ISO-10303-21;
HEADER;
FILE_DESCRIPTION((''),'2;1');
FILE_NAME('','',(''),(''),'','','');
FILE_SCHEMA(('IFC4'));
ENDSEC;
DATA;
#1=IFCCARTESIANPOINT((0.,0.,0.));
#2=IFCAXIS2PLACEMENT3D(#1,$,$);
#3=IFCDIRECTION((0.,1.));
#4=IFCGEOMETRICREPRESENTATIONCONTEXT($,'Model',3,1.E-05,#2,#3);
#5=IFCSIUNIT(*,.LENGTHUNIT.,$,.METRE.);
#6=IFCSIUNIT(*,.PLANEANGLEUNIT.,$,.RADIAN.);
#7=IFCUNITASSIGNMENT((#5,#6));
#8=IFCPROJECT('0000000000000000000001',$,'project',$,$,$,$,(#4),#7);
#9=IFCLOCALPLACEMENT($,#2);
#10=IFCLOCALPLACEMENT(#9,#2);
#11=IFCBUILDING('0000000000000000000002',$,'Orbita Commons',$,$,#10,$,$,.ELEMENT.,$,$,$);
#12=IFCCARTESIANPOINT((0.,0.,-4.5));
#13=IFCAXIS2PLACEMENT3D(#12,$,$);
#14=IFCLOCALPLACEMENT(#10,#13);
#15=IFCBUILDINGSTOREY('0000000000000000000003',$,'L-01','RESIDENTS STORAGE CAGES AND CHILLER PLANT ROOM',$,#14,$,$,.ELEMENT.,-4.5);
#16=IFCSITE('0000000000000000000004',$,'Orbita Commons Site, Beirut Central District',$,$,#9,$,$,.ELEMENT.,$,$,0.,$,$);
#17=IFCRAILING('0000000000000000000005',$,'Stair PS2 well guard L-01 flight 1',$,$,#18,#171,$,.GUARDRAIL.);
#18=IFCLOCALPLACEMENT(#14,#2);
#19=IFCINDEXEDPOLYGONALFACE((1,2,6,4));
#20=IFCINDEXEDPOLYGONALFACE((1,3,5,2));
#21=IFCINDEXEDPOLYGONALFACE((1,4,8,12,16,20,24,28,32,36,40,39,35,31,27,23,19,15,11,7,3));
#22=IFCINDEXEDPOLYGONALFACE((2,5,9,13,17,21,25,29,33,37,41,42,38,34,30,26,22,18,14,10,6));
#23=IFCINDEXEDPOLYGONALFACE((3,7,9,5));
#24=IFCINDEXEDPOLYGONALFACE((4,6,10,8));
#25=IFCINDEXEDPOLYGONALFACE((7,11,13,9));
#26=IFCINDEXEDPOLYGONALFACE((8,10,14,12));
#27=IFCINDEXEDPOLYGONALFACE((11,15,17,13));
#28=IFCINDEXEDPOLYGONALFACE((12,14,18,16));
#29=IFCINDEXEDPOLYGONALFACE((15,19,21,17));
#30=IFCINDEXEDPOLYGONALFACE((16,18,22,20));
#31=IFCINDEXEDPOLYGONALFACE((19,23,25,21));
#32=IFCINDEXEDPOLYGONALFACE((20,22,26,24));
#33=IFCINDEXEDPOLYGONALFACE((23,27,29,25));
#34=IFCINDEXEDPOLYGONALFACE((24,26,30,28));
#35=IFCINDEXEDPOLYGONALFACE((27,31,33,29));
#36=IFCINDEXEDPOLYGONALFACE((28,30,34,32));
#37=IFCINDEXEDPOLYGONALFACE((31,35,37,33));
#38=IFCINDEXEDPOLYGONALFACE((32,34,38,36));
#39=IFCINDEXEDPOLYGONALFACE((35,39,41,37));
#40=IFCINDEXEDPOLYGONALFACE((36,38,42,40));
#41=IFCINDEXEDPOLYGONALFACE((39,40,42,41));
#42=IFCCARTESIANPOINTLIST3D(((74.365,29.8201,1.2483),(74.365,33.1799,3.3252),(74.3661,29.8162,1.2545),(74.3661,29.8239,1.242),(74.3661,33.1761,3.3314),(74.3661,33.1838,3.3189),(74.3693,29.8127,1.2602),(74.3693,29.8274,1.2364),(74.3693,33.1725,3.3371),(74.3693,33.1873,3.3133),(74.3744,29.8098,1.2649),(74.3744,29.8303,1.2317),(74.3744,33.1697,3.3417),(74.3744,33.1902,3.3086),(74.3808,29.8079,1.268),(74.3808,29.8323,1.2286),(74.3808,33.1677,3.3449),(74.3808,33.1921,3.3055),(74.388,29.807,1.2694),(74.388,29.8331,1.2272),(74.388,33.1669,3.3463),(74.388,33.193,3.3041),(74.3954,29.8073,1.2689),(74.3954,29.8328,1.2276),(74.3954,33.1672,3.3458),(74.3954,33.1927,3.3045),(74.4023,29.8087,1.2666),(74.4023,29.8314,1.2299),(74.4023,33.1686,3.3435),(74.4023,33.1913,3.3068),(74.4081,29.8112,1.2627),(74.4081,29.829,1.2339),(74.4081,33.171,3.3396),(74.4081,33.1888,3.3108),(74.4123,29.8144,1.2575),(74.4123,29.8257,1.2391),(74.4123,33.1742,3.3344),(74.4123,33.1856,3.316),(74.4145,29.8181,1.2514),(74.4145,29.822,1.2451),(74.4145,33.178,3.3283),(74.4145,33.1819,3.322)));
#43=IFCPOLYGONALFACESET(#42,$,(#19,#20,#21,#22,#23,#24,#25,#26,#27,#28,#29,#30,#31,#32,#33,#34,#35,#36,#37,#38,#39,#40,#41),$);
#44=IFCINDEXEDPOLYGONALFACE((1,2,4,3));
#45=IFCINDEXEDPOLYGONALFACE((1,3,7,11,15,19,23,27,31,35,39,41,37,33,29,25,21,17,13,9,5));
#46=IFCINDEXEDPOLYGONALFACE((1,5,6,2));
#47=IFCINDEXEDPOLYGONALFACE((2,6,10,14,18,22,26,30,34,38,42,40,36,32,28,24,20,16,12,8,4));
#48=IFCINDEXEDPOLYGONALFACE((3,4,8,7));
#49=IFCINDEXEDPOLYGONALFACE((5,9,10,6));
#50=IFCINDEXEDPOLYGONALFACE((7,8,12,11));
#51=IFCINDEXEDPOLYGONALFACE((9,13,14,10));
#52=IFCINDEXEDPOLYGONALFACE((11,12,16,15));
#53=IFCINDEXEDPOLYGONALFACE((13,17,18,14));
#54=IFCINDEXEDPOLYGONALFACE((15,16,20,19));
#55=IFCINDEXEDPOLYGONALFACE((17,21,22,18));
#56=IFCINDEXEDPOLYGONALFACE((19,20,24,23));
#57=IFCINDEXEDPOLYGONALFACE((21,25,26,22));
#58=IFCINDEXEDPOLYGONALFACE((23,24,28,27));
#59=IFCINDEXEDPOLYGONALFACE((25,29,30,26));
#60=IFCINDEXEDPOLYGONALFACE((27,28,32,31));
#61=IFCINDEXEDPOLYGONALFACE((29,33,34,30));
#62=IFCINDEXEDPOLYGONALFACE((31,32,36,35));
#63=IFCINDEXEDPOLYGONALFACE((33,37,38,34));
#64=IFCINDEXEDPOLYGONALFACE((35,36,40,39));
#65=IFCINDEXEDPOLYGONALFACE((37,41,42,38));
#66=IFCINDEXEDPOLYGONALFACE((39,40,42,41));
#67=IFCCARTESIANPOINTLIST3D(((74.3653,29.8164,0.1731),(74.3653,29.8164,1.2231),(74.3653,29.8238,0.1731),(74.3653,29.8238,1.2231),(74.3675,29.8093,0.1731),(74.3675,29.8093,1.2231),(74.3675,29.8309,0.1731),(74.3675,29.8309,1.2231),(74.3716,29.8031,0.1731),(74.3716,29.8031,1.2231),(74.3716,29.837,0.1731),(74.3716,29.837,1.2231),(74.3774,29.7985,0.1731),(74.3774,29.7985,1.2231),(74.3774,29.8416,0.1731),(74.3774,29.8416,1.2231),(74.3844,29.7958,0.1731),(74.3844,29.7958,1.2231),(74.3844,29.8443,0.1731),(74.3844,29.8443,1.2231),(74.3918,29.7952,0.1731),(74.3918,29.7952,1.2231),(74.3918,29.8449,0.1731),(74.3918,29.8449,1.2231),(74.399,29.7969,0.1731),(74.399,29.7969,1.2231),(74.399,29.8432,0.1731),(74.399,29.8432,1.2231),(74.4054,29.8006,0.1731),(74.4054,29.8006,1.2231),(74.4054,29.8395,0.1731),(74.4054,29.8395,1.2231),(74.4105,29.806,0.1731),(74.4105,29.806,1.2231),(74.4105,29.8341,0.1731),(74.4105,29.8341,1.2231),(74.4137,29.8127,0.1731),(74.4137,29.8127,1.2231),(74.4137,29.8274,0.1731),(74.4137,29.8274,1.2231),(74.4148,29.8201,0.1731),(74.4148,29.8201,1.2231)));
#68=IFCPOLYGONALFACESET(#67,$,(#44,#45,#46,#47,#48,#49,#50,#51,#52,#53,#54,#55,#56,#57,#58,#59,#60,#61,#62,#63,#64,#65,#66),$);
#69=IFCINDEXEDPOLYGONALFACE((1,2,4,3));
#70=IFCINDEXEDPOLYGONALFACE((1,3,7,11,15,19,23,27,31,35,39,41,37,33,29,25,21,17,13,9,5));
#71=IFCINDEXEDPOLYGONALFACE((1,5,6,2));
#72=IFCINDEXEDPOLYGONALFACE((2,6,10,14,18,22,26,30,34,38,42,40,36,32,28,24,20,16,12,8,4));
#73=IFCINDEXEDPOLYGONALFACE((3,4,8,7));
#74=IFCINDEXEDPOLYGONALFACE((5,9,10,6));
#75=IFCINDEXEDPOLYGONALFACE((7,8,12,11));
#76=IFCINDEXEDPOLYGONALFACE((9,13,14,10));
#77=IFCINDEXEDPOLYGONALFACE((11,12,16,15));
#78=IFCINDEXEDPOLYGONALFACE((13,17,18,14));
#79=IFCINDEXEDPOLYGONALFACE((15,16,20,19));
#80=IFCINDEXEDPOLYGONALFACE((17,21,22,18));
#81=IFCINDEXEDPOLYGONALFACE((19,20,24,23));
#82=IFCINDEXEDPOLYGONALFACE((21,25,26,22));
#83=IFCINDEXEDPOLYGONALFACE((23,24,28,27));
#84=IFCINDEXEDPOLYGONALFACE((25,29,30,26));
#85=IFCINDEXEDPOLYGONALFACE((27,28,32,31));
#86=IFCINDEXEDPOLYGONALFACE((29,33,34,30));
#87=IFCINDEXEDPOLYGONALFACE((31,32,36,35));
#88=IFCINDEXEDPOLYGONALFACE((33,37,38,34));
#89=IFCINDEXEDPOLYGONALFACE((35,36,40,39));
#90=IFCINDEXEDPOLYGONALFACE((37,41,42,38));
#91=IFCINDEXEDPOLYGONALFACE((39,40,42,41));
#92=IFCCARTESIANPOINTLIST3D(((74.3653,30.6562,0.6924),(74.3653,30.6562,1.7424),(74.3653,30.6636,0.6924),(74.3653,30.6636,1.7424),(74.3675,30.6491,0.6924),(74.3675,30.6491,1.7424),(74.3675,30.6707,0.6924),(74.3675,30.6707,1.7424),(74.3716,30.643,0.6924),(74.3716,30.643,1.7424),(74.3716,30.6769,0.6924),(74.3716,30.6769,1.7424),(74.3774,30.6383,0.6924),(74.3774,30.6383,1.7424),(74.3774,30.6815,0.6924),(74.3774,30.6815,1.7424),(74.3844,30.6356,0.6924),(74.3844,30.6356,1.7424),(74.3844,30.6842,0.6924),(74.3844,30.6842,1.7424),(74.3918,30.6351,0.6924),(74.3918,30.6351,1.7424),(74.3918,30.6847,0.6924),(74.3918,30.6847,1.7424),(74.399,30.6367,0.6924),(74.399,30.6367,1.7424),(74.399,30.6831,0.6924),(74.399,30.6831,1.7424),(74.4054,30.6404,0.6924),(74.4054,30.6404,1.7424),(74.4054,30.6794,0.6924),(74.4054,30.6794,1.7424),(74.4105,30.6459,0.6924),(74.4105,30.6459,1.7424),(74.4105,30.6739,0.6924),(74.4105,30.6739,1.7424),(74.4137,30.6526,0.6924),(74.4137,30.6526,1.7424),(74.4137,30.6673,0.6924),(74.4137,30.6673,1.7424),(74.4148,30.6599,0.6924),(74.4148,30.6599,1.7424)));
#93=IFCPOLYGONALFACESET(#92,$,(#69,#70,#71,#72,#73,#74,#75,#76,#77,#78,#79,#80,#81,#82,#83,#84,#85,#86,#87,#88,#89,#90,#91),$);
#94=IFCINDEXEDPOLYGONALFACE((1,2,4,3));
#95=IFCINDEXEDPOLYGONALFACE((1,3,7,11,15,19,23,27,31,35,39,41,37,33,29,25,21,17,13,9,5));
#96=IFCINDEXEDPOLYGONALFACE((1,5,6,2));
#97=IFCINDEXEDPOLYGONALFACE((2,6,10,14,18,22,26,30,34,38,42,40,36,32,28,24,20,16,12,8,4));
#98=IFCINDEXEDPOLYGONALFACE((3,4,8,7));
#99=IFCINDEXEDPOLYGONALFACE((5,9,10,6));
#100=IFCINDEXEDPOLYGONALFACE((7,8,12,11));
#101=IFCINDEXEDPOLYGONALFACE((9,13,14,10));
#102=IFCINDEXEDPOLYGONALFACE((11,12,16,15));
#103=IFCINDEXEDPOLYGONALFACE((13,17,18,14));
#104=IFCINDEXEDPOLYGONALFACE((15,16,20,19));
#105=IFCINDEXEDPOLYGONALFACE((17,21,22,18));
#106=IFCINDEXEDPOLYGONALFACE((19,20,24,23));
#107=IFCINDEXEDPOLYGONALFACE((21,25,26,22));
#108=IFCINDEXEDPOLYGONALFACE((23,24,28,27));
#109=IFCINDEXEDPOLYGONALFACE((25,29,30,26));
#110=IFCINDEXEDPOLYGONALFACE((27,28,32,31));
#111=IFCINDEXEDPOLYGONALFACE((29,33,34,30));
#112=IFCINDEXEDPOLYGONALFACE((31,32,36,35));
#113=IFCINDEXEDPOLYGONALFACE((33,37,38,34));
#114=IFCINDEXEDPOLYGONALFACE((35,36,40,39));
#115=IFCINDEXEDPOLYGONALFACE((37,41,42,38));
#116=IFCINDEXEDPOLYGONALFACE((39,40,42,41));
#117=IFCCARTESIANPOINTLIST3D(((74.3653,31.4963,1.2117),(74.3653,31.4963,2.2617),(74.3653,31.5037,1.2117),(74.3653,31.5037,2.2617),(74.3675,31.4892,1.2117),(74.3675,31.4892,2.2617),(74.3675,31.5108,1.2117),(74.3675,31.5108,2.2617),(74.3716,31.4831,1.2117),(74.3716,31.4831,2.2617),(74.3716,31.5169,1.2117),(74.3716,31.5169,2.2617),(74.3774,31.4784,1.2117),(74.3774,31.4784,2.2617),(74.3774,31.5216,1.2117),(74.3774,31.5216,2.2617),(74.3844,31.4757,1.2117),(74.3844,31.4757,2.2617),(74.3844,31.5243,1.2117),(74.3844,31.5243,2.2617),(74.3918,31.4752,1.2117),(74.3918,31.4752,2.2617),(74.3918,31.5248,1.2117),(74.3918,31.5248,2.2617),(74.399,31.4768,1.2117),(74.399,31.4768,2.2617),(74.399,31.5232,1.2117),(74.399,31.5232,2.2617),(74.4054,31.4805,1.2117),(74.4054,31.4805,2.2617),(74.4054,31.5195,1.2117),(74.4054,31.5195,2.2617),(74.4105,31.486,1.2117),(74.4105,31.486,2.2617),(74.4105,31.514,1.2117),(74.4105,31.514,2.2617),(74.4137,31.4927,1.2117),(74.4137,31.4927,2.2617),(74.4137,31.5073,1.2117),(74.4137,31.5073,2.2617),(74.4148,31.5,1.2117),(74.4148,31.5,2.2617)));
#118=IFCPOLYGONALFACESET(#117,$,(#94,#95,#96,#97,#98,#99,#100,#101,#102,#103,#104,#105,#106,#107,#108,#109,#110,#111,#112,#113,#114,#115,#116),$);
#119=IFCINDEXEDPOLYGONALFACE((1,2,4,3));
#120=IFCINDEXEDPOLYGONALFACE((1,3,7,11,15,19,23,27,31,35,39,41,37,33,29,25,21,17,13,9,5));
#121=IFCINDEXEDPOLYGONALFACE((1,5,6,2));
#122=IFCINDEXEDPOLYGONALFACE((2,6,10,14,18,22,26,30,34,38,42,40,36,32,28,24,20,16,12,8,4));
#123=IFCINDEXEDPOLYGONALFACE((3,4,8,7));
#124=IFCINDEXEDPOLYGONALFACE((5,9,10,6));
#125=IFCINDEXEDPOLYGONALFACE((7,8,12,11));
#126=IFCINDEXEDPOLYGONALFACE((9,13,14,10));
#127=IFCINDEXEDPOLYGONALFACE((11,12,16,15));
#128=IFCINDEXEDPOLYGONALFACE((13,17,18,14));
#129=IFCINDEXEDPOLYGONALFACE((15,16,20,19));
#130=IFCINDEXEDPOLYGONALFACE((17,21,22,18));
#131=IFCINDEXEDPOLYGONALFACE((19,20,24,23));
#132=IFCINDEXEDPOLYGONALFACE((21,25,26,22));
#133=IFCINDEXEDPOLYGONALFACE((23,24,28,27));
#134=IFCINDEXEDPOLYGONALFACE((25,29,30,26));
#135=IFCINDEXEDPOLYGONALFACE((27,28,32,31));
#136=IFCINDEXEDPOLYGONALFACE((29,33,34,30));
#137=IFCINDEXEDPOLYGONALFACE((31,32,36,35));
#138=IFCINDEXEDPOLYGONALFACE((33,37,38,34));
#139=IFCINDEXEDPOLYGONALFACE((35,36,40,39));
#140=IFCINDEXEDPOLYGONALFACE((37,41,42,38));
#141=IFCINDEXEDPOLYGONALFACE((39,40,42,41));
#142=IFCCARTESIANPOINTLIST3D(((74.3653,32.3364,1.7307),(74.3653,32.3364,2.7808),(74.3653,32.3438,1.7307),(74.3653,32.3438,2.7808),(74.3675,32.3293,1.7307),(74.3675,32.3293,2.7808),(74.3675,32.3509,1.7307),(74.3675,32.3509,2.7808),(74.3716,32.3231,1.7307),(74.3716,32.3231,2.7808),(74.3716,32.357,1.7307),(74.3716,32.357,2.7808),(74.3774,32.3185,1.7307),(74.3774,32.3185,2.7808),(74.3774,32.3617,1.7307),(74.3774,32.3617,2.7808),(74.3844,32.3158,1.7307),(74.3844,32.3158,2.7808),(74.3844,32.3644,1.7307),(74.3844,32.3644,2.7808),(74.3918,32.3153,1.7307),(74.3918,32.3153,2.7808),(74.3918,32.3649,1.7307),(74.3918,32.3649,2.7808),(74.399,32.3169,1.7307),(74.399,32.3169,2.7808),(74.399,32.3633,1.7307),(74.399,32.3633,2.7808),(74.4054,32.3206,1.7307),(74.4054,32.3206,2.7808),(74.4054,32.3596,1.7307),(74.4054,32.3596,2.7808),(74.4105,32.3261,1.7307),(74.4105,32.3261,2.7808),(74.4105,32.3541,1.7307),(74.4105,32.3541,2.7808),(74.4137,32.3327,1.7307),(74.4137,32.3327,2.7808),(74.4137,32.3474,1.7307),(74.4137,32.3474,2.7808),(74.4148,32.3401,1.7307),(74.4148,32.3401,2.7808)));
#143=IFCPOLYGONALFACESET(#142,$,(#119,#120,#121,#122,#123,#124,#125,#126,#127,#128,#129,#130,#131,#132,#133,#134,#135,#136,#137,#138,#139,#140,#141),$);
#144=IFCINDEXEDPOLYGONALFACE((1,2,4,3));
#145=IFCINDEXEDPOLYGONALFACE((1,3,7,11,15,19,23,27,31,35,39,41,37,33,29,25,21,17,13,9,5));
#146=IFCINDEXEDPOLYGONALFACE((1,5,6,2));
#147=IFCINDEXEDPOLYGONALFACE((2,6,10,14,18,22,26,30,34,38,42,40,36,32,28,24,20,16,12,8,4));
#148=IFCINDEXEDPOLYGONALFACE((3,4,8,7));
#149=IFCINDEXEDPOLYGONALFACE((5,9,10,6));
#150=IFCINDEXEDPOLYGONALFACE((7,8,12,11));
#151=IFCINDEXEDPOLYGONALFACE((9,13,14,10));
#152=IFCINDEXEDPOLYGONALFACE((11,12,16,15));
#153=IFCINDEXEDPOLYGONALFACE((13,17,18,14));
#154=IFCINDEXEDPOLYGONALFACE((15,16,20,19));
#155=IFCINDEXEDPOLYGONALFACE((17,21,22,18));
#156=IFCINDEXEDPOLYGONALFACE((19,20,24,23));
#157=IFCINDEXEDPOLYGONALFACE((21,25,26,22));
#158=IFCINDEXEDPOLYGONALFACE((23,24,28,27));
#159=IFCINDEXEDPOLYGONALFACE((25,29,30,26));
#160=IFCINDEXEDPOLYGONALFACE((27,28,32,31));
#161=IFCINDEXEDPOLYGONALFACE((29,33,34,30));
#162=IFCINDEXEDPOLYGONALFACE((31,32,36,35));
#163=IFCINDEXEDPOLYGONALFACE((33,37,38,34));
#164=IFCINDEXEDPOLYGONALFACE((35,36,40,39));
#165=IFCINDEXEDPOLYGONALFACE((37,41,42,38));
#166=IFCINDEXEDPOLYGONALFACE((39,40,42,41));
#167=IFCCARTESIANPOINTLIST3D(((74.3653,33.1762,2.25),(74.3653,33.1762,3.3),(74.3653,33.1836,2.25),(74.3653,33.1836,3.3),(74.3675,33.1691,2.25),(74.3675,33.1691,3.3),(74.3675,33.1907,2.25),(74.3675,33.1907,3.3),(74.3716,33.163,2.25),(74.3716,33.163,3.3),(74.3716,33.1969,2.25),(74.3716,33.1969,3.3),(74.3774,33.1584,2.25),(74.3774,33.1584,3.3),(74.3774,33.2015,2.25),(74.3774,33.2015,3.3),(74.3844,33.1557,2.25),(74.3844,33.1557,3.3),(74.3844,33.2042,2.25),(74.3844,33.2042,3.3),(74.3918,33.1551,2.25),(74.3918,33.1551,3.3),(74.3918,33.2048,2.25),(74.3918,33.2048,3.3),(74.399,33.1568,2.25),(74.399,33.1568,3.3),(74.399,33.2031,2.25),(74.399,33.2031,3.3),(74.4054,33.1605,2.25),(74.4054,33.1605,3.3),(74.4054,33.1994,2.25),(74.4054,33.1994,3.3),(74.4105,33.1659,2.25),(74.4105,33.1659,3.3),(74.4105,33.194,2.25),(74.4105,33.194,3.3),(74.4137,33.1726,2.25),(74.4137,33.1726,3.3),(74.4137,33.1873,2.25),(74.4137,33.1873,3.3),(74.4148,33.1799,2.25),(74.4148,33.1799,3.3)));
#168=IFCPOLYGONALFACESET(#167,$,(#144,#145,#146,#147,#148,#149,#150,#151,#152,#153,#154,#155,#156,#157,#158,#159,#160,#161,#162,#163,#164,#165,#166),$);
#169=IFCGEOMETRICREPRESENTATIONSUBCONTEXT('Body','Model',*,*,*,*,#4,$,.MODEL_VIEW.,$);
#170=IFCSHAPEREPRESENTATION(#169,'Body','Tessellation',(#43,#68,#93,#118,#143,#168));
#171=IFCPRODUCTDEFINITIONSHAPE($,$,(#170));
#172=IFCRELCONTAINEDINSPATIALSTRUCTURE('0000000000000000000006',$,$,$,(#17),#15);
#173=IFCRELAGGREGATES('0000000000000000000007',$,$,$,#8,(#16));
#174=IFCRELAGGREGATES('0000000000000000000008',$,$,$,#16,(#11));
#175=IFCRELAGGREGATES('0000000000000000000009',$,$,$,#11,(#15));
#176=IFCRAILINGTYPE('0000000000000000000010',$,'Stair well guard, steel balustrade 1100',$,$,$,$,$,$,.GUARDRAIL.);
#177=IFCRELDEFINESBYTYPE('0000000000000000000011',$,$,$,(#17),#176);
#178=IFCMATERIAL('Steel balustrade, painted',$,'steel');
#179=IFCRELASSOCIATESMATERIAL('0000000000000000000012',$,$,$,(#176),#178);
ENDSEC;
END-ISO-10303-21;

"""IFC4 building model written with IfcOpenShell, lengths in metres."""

from ifc_helpers import new_model, si_unit, direction, frame, origin, origin_2d, place, context, subcontext, project, spatial, circle, extrude, material, type_object, element, save


model = new_model("IFC4")

# Units and contexts
model_context = context("Model", 3, precision=1e-05, world=origin(), true_north=direction((0.0, 1.0)))
body_context = subcontext(model_context, "Body", "Model", "MODEL_VIEW")
ifc_project = project(units=[si_unit("LENGTHUNIT", "METRE"), si_unit("PLANEANGLEUNIT", "RADIAN")], contexts=[model_context])

# Site, building, storey
site_placement = place(None, origin())
site = spatial("IfcSite", under=ifc_project, at=site_placement, Name="Orbita Commons Site, Beirut Central District", CompositionType="ELEMENT", RefElevation=0.0)
building_placement = place(site_placement, origin())
building = spatial("IfcBuilding", under=site, at=building_placement, Name="Orbita Commons", CompositionType="ELEMENT")
storey_placement = place(building_placement, frame((0.0, 0.0, -4.5)))
storey = spatial("IfcBuildingStorey", under=building, at=storey_placement, Name="L-01", Description="RESIDENTS STORAGE CAGES AND CHILLER PLANT ROOM", CompositionType="ELEMENT", Elevation=-4.5)

# Railing
ifc_material_1 = material(Name="Steel balustrade, painted", Category="steel")
railing_type_1 = type_object("IfcRailingType", Name="Stair well guard, steel balustrade 1100", PredefinedType="GUARDRAIL", material=ifc_material_1)
railing_1_placement = place(storey_placement, frame((74.3899, 29.8201, 0.1731)))
element("IfcRailing", 1, at=railing_1_placement, inside=storey, type_object=railing_type_1, Name="Stair PS2 well guard L-01 flight 1", PredefinedType="GUARDRAIL", context=body_context, shape_type="SweptSolid", body=[
    extrude(circle(Radius=0.0249, at=origin_2d()), frame((0.0, 0.0, 1.0752), z_axis=(0.0, 0.850606, 0.525803), x_axis=(-1.0, 0.0, 0.0)), (0.0, 0.0, 1.0), 3.95),
    extrude(circle(Radius=0.0249, at=origin_2d()), origin(), (0.0, 0.0, 1.0), 1.05),
    extrude(circle(Radius=0.0249, at=origin_2d()), frame((0.0, 0.8398, 0.5193)), (0.0, 0.0, 1.0), 1.05),
    extrude(circle(Radius=0.0249, at=origin_2d()), frame((0.0, 1.6799, 1.0386)), (0.0, 0.0, 1.0), 1.05),
    extrude(circle(Radius=0.0249, at=origin_2d()), frame((0.0, 2.52, 1.5576)), (0.0, 0.0, 1.0), 1.05),
    extrude(circle(Radius=0.0249, at=origin_2d()), frame((0.0, 3.3599, 2.0769)), (0.0, 0.0, 1.0), 1.05),
])

save(model, "model.ifc")
